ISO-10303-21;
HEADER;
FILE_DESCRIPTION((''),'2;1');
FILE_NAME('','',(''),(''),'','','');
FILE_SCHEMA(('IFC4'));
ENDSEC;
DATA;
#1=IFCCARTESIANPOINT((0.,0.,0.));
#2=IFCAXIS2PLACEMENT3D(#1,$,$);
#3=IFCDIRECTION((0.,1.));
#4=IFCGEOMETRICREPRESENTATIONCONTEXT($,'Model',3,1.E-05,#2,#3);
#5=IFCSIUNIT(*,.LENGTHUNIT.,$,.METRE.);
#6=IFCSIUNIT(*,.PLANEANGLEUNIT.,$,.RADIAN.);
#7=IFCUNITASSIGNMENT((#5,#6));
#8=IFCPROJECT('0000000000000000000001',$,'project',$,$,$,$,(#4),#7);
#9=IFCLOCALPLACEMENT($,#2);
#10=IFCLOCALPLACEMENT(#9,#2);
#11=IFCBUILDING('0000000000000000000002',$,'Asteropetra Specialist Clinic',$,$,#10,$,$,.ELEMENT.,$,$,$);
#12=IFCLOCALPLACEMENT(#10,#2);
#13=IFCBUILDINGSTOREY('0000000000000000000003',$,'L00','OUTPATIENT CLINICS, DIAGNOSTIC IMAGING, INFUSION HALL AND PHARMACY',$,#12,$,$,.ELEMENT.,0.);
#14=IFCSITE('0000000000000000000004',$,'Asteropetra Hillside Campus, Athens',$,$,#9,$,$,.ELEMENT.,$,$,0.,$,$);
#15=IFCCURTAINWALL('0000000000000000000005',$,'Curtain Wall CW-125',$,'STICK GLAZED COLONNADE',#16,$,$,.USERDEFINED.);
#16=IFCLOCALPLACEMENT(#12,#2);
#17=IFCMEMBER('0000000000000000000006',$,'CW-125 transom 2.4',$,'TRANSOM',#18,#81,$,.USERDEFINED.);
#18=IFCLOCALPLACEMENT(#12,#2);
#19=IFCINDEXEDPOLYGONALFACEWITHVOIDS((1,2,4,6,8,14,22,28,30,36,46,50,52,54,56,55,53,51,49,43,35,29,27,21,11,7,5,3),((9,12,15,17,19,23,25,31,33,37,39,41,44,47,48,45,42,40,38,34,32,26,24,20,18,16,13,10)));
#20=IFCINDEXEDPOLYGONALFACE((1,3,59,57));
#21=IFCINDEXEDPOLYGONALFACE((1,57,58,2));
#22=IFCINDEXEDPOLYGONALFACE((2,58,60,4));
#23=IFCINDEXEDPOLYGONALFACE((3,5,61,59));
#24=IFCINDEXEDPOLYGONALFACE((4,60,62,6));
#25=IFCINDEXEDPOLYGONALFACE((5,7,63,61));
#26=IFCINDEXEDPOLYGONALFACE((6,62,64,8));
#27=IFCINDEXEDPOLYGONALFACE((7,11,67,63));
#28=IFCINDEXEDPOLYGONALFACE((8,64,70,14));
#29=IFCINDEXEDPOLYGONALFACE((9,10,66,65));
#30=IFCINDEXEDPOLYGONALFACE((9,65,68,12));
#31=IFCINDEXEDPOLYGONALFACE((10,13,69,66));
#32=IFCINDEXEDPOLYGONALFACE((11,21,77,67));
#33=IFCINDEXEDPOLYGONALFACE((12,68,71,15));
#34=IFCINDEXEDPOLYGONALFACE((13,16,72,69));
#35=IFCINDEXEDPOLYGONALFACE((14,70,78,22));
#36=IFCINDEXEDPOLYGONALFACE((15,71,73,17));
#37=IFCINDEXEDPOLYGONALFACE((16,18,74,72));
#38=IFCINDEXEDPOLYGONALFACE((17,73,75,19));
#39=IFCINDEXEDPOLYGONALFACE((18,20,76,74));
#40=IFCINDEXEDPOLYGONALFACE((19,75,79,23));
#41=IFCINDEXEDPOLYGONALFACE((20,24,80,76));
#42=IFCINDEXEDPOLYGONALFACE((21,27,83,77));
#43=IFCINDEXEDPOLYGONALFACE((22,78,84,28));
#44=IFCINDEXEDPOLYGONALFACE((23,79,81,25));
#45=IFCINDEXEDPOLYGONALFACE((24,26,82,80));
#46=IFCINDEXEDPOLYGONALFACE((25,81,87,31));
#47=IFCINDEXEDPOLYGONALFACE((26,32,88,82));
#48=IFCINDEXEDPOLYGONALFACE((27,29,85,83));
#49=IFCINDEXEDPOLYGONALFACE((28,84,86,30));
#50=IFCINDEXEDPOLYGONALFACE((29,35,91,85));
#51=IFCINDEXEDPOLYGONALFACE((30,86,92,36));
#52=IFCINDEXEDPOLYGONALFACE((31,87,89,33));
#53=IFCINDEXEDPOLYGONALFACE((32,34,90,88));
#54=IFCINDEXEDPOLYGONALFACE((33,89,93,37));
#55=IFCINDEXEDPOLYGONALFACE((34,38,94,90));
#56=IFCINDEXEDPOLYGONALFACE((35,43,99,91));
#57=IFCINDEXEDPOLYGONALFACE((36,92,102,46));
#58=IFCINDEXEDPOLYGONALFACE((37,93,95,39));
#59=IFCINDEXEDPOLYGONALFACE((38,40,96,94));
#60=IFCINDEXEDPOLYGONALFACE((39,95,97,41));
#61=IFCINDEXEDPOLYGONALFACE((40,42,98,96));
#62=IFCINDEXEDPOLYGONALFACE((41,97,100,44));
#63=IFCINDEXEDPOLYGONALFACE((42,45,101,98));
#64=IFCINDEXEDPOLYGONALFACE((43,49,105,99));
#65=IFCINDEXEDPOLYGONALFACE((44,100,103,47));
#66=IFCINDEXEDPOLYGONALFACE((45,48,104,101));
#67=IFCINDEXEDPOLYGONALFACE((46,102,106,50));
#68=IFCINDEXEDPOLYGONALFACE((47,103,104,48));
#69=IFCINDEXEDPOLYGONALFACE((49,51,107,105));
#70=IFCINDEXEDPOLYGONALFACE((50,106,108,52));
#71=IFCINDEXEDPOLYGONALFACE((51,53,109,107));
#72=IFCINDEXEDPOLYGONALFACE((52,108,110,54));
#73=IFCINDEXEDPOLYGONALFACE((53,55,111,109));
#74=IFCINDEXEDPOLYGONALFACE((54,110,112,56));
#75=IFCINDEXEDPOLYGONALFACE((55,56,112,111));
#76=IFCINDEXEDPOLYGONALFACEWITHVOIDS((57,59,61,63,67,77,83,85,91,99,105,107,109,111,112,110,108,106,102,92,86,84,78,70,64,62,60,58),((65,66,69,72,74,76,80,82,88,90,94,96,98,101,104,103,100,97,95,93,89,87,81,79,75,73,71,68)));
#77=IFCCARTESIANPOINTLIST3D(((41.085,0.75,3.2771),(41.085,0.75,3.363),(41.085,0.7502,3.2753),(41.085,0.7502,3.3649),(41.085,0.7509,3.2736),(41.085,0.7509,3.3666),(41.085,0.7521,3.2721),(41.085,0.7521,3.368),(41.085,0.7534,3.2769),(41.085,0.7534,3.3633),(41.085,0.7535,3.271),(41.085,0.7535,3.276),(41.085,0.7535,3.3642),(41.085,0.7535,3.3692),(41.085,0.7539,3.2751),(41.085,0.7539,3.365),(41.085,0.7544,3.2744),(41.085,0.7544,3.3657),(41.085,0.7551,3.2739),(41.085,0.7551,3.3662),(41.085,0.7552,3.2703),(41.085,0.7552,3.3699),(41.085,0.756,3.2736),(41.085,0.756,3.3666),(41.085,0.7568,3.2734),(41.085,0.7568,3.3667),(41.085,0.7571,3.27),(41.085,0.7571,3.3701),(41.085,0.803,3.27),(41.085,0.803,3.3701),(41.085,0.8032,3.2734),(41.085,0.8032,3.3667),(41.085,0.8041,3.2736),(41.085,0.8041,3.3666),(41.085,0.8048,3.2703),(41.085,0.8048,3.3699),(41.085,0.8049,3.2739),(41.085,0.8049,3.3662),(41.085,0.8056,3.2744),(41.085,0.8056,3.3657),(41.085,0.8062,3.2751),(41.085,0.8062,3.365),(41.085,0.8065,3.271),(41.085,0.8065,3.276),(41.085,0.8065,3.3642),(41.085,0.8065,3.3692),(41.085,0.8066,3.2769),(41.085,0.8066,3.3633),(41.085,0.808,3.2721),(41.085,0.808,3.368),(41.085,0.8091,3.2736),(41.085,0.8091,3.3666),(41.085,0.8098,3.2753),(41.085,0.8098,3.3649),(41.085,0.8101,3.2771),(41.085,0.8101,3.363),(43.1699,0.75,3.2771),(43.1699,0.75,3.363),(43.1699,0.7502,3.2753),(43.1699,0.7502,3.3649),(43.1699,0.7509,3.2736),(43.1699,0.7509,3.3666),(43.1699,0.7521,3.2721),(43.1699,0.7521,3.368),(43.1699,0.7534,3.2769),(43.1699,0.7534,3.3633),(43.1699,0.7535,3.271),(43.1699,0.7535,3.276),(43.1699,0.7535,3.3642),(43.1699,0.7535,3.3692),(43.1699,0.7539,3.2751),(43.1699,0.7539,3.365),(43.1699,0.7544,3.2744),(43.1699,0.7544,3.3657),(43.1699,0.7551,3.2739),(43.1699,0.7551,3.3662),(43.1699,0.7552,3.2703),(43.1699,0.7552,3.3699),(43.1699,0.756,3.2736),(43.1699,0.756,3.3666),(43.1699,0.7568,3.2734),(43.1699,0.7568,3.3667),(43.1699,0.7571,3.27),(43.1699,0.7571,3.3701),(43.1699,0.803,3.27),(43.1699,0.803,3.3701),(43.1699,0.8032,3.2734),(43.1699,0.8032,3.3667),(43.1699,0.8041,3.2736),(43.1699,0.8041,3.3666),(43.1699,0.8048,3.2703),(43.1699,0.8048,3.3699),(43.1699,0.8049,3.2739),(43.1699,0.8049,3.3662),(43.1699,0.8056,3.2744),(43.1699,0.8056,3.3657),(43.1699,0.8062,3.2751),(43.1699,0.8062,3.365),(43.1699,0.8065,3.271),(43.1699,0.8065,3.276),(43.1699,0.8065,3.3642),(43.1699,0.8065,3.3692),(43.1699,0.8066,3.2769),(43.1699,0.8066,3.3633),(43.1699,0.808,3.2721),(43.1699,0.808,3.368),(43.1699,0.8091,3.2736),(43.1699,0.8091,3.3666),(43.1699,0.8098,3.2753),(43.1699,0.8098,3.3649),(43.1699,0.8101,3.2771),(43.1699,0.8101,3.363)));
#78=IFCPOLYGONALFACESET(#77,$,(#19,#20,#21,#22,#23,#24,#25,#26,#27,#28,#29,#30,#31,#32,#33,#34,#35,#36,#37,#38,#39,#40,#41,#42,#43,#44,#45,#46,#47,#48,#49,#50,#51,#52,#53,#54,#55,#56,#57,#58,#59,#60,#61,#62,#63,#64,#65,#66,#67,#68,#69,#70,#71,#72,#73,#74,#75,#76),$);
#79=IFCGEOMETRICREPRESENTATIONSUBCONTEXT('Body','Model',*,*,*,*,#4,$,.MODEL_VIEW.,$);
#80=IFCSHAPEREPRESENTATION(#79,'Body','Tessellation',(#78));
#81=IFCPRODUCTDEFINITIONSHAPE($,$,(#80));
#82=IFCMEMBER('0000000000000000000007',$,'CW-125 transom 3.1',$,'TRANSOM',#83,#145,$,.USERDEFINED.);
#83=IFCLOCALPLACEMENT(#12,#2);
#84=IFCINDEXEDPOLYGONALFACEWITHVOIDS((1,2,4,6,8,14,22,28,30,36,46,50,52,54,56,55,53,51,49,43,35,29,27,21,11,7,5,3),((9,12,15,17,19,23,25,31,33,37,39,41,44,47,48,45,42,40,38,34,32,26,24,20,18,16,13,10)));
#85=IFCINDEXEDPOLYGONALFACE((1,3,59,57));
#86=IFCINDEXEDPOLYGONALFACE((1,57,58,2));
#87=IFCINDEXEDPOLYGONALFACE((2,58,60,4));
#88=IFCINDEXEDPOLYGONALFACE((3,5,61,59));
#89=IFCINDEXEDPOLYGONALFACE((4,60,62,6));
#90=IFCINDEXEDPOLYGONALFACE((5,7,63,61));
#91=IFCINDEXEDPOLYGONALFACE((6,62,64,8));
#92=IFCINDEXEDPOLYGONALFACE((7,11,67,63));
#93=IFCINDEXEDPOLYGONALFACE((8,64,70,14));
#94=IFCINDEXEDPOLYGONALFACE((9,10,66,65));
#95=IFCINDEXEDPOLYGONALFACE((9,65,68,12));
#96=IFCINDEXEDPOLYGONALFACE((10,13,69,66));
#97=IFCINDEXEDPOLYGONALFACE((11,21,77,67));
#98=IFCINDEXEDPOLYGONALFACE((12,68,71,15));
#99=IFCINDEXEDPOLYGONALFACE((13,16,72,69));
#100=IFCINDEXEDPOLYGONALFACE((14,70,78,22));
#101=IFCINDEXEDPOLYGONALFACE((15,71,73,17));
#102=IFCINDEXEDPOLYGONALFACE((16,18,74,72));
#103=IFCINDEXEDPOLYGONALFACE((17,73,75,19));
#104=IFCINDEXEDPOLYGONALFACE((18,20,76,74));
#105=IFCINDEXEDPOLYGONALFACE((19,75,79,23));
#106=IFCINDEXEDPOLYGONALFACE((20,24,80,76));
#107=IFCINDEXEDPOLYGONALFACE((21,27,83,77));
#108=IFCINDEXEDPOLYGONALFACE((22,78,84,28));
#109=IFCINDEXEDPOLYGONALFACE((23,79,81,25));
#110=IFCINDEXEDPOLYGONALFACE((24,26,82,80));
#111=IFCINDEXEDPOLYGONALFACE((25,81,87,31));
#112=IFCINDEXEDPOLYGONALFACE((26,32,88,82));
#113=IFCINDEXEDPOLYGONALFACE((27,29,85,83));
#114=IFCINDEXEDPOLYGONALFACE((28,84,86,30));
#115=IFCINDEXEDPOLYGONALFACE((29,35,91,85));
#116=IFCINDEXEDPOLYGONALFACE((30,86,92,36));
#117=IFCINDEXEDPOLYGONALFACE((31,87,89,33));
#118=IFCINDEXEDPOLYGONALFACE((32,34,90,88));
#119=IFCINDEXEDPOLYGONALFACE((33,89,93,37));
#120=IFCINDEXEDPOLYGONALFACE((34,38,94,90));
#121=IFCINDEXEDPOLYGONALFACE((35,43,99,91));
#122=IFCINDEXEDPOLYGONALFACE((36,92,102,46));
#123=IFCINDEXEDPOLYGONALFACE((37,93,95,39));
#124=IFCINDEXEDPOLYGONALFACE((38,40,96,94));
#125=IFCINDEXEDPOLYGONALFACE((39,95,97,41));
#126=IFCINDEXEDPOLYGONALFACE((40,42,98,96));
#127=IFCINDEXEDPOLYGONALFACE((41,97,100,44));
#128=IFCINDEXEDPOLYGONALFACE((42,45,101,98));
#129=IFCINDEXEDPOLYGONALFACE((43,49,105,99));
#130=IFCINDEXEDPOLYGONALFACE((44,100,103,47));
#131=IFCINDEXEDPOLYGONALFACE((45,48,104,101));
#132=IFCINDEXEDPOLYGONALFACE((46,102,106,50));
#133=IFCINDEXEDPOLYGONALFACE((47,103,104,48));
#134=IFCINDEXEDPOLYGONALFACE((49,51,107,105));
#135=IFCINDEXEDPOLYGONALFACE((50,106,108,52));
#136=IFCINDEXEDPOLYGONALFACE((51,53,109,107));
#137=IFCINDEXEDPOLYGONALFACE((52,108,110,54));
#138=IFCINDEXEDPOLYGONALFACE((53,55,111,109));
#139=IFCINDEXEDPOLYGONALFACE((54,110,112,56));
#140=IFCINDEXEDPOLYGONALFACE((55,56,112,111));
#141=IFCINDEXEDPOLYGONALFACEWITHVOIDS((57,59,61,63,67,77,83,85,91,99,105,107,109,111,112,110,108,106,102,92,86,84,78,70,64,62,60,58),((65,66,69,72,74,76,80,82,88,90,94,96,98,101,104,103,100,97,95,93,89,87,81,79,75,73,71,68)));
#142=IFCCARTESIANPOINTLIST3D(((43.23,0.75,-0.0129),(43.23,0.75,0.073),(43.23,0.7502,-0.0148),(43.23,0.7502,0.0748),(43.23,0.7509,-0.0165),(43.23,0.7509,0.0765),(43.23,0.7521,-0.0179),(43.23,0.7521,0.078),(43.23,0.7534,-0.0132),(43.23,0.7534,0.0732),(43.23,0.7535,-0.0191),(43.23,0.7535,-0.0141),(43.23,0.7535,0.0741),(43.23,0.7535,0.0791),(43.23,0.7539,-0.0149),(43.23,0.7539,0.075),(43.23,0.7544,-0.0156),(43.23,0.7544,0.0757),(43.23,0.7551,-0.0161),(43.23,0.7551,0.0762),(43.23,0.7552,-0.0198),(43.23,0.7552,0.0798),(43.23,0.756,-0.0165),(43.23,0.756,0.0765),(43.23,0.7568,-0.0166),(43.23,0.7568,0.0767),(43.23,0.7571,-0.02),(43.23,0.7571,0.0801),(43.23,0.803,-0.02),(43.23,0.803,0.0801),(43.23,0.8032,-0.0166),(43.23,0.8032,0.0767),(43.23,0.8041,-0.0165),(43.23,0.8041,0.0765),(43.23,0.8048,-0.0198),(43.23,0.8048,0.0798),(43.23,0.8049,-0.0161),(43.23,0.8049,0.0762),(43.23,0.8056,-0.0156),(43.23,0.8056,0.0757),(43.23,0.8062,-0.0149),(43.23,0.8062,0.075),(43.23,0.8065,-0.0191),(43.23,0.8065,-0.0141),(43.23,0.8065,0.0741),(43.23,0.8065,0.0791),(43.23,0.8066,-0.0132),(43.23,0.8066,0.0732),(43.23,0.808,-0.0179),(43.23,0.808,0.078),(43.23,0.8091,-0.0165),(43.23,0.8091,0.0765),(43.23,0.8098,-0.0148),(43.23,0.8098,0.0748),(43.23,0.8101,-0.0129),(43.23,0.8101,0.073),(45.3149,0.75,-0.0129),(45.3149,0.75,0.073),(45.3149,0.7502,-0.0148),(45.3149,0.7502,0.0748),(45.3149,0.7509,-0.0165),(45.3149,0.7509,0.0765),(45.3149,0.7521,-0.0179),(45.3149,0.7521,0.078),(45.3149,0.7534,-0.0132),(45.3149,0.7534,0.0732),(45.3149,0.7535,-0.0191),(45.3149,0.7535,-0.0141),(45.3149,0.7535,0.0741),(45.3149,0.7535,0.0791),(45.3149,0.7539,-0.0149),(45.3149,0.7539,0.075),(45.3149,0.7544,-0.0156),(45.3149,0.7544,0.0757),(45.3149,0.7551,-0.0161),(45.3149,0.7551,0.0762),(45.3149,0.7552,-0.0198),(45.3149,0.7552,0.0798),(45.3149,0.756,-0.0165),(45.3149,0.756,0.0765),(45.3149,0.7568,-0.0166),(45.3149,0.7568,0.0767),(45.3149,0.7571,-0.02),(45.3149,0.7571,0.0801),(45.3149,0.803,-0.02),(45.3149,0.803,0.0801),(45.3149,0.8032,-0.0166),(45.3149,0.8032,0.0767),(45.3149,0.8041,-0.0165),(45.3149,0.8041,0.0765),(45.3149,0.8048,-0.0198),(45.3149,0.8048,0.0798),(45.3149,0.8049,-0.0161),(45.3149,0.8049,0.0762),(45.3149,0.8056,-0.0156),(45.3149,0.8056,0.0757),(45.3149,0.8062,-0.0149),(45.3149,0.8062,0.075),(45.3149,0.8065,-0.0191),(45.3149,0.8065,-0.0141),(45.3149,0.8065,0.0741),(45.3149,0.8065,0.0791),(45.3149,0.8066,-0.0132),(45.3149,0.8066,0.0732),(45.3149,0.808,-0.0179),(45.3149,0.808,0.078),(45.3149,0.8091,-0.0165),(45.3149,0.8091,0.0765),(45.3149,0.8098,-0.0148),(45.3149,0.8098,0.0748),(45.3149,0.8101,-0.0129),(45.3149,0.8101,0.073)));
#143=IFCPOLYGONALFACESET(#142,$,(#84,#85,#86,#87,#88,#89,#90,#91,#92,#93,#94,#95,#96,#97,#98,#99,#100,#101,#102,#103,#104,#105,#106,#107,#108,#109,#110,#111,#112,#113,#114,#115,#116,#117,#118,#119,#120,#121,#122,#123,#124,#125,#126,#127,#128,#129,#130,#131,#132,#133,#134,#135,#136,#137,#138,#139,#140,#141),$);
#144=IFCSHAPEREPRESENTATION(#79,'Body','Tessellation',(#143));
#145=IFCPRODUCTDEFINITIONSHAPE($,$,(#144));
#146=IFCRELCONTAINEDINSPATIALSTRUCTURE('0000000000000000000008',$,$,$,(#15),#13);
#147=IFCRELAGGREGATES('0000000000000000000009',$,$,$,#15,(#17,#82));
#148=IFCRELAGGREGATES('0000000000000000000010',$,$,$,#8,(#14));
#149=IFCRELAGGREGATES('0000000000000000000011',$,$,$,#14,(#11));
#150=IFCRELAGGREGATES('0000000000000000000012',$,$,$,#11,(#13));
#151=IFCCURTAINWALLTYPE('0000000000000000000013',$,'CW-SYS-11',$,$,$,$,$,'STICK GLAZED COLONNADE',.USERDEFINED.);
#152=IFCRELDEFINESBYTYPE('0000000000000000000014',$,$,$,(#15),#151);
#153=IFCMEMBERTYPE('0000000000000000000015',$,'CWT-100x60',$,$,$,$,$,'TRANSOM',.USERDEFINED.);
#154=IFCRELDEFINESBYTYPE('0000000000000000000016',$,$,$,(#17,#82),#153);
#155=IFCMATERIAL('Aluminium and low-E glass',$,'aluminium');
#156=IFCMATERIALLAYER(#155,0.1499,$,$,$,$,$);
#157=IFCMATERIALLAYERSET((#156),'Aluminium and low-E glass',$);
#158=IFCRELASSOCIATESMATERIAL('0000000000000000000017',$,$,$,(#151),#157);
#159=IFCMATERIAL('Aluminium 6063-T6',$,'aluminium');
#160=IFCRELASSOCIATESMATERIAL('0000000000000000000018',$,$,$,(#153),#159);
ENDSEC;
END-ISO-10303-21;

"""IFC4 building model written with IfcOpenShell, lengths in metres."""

from ifc_helpers import new_model, si_unit, direction, frame, origin, origin_2d, place, context, subcontext, project, spatial, hollow_rectangle, extrude, material, layer, layer_set, material_profile, profile_set, type_object, element, aggregate, save


model = new_model("IFC4")

# Units and contexts
model_context = context("Model", 3, precision=1e-05, world=origin(), true_north=direction((0.0, 1.0)))
body_context = subcontext(model_context, "Body", "Model", "MODEL_VIEW")
ifc_project = project(units=[si_unit("LENGTHUNIT", "METRE"), si_unit("PLANEANGLEUNIT", "RADIAN")], contexts=[model_context])

# Site, building, storey
site_placement = place(None, origin())
site = spatial("IfcSite", under=ifc_project, at=site_placement, Name="Asteropetra Hillside Campus, Athens", CompositionType="ELEMENT", RefElevation=0.0)
building_placement = place(site_placement, origin())
building = spatial("IfcBuilding", under=site, at=building_placement, Name="Asteropetra Specialist Clinic", CompositionType="ELEMENT")
storey_placement = place(building_placement, origin())
storey = spatial("IfcBuildingStorey", under=building, at=storey_placement, Name="L00", Description="OUTPATIENT CLINICS, DIAGNOSTIC IMAGING, INFUSION HALL AND PHARMACY", CompositionType="ELEMENT", Elevation=0.0)

# Curtain wall, members
ifc_material_1 = material(Name="Aluminium and low-E glass", Category="aluminium")
ifc_layer_1 = layer(ifc_material_1, 0.1499)
ifc_layer_set_1 = layer_set([ifc_layer_1], Name="Aluminium and low-E glass")
curtain_wall_type = type_object("IfcCurtainWallType", Name="CW-SYS-11", ElementType="STICK GLAZED COLONNADE", PredefinedType="USERDEFINED", material=ifc_layer_set_1)
curtain_wall_placement = place(storey_placement, origin())
curtain_wall = element("IfcCurtainWall", 1, at=curtain_wall_placement, inside=storey, type_object=curtain_wall_type, Name="Curtain Wall CW-125", ObjectType="STICK GLAZED COLONNADE", PredefinedType="USERDEFINED")
ifc_material_2 = material(Name="Aluminium 6063-T6", Category="aluminium")
ifc_material_profile_1 = material_profile(ifc_material_2, hollow_rectangle(XDim=0.0601, YDim=0.1001, WallThickness=0.0034, InnerFilletRadius=0.0034, OuterFilletRadius=0.0071, at=origin_2d()), Name="TRN 100x60x3.5")
ifc_profile_set_1 = profile_set([ifc_material_profile_1], Name="Aluminium 6063-T6")
member_type_1 = type_object("IfcMemberType", Name="CWT-100x60", ElementType="TRANSOM", PredefinedType="USERDEFINED", material=ifc_profile_set_1)
member_1_placement = place(storey_placement, frame((41.085, 0.78, 3.3201), z_axis=(1.0, 0.0, 0.0), x_axis=(0.0, 1.0, 0.0)))
member_1 = element("IfcMember", 2, at=member_1_placement, type_object=member_type_1, Name="CW-125 transom 2.4", ObjectType="TRANSOM", PredefinedType="USERDEFINED", context=body_context, shape_type="SweptSolid", body=[
    extrude(hollow_rectangle(XDim=0.0601, YDim=0.1001, WallThickness=0.0034, InnerFilletRadius=0.0034, OuterFilletRadius=0.0071, at=origin_2d()), origin(), (0.0, 0.0, 1.0), 2.085),
])
member_2_placement = place(storey_placement, frame((43.23, 0.78, 0.03), z_axis=(1.0, 0.0, 0.0), x_axis=(0.0, 1.0, 0.0)))
member_2 = element("IfcMember", 3, at=member_2_placement, type_object=member_type_1, Name="CW-125 transom 3.1", ObjectType="TRANSOM", PredefinedType="USERDEFINED", context=body_context, shape_type="SweptSolid", body=[
    extrude(hollow_rectangle(XDim=0.0601, YDim=0.1001, WallThickness=0.0034, InnerFilletRadius=0.0034, OuterFilletRadius=0.0071, at=origin_2d()), origin(), (0.0, 0.0, 1.0), 2.085),
])

aggregate(curtain_wall, [member_1, member_2])

save(model, "model.ifc")
